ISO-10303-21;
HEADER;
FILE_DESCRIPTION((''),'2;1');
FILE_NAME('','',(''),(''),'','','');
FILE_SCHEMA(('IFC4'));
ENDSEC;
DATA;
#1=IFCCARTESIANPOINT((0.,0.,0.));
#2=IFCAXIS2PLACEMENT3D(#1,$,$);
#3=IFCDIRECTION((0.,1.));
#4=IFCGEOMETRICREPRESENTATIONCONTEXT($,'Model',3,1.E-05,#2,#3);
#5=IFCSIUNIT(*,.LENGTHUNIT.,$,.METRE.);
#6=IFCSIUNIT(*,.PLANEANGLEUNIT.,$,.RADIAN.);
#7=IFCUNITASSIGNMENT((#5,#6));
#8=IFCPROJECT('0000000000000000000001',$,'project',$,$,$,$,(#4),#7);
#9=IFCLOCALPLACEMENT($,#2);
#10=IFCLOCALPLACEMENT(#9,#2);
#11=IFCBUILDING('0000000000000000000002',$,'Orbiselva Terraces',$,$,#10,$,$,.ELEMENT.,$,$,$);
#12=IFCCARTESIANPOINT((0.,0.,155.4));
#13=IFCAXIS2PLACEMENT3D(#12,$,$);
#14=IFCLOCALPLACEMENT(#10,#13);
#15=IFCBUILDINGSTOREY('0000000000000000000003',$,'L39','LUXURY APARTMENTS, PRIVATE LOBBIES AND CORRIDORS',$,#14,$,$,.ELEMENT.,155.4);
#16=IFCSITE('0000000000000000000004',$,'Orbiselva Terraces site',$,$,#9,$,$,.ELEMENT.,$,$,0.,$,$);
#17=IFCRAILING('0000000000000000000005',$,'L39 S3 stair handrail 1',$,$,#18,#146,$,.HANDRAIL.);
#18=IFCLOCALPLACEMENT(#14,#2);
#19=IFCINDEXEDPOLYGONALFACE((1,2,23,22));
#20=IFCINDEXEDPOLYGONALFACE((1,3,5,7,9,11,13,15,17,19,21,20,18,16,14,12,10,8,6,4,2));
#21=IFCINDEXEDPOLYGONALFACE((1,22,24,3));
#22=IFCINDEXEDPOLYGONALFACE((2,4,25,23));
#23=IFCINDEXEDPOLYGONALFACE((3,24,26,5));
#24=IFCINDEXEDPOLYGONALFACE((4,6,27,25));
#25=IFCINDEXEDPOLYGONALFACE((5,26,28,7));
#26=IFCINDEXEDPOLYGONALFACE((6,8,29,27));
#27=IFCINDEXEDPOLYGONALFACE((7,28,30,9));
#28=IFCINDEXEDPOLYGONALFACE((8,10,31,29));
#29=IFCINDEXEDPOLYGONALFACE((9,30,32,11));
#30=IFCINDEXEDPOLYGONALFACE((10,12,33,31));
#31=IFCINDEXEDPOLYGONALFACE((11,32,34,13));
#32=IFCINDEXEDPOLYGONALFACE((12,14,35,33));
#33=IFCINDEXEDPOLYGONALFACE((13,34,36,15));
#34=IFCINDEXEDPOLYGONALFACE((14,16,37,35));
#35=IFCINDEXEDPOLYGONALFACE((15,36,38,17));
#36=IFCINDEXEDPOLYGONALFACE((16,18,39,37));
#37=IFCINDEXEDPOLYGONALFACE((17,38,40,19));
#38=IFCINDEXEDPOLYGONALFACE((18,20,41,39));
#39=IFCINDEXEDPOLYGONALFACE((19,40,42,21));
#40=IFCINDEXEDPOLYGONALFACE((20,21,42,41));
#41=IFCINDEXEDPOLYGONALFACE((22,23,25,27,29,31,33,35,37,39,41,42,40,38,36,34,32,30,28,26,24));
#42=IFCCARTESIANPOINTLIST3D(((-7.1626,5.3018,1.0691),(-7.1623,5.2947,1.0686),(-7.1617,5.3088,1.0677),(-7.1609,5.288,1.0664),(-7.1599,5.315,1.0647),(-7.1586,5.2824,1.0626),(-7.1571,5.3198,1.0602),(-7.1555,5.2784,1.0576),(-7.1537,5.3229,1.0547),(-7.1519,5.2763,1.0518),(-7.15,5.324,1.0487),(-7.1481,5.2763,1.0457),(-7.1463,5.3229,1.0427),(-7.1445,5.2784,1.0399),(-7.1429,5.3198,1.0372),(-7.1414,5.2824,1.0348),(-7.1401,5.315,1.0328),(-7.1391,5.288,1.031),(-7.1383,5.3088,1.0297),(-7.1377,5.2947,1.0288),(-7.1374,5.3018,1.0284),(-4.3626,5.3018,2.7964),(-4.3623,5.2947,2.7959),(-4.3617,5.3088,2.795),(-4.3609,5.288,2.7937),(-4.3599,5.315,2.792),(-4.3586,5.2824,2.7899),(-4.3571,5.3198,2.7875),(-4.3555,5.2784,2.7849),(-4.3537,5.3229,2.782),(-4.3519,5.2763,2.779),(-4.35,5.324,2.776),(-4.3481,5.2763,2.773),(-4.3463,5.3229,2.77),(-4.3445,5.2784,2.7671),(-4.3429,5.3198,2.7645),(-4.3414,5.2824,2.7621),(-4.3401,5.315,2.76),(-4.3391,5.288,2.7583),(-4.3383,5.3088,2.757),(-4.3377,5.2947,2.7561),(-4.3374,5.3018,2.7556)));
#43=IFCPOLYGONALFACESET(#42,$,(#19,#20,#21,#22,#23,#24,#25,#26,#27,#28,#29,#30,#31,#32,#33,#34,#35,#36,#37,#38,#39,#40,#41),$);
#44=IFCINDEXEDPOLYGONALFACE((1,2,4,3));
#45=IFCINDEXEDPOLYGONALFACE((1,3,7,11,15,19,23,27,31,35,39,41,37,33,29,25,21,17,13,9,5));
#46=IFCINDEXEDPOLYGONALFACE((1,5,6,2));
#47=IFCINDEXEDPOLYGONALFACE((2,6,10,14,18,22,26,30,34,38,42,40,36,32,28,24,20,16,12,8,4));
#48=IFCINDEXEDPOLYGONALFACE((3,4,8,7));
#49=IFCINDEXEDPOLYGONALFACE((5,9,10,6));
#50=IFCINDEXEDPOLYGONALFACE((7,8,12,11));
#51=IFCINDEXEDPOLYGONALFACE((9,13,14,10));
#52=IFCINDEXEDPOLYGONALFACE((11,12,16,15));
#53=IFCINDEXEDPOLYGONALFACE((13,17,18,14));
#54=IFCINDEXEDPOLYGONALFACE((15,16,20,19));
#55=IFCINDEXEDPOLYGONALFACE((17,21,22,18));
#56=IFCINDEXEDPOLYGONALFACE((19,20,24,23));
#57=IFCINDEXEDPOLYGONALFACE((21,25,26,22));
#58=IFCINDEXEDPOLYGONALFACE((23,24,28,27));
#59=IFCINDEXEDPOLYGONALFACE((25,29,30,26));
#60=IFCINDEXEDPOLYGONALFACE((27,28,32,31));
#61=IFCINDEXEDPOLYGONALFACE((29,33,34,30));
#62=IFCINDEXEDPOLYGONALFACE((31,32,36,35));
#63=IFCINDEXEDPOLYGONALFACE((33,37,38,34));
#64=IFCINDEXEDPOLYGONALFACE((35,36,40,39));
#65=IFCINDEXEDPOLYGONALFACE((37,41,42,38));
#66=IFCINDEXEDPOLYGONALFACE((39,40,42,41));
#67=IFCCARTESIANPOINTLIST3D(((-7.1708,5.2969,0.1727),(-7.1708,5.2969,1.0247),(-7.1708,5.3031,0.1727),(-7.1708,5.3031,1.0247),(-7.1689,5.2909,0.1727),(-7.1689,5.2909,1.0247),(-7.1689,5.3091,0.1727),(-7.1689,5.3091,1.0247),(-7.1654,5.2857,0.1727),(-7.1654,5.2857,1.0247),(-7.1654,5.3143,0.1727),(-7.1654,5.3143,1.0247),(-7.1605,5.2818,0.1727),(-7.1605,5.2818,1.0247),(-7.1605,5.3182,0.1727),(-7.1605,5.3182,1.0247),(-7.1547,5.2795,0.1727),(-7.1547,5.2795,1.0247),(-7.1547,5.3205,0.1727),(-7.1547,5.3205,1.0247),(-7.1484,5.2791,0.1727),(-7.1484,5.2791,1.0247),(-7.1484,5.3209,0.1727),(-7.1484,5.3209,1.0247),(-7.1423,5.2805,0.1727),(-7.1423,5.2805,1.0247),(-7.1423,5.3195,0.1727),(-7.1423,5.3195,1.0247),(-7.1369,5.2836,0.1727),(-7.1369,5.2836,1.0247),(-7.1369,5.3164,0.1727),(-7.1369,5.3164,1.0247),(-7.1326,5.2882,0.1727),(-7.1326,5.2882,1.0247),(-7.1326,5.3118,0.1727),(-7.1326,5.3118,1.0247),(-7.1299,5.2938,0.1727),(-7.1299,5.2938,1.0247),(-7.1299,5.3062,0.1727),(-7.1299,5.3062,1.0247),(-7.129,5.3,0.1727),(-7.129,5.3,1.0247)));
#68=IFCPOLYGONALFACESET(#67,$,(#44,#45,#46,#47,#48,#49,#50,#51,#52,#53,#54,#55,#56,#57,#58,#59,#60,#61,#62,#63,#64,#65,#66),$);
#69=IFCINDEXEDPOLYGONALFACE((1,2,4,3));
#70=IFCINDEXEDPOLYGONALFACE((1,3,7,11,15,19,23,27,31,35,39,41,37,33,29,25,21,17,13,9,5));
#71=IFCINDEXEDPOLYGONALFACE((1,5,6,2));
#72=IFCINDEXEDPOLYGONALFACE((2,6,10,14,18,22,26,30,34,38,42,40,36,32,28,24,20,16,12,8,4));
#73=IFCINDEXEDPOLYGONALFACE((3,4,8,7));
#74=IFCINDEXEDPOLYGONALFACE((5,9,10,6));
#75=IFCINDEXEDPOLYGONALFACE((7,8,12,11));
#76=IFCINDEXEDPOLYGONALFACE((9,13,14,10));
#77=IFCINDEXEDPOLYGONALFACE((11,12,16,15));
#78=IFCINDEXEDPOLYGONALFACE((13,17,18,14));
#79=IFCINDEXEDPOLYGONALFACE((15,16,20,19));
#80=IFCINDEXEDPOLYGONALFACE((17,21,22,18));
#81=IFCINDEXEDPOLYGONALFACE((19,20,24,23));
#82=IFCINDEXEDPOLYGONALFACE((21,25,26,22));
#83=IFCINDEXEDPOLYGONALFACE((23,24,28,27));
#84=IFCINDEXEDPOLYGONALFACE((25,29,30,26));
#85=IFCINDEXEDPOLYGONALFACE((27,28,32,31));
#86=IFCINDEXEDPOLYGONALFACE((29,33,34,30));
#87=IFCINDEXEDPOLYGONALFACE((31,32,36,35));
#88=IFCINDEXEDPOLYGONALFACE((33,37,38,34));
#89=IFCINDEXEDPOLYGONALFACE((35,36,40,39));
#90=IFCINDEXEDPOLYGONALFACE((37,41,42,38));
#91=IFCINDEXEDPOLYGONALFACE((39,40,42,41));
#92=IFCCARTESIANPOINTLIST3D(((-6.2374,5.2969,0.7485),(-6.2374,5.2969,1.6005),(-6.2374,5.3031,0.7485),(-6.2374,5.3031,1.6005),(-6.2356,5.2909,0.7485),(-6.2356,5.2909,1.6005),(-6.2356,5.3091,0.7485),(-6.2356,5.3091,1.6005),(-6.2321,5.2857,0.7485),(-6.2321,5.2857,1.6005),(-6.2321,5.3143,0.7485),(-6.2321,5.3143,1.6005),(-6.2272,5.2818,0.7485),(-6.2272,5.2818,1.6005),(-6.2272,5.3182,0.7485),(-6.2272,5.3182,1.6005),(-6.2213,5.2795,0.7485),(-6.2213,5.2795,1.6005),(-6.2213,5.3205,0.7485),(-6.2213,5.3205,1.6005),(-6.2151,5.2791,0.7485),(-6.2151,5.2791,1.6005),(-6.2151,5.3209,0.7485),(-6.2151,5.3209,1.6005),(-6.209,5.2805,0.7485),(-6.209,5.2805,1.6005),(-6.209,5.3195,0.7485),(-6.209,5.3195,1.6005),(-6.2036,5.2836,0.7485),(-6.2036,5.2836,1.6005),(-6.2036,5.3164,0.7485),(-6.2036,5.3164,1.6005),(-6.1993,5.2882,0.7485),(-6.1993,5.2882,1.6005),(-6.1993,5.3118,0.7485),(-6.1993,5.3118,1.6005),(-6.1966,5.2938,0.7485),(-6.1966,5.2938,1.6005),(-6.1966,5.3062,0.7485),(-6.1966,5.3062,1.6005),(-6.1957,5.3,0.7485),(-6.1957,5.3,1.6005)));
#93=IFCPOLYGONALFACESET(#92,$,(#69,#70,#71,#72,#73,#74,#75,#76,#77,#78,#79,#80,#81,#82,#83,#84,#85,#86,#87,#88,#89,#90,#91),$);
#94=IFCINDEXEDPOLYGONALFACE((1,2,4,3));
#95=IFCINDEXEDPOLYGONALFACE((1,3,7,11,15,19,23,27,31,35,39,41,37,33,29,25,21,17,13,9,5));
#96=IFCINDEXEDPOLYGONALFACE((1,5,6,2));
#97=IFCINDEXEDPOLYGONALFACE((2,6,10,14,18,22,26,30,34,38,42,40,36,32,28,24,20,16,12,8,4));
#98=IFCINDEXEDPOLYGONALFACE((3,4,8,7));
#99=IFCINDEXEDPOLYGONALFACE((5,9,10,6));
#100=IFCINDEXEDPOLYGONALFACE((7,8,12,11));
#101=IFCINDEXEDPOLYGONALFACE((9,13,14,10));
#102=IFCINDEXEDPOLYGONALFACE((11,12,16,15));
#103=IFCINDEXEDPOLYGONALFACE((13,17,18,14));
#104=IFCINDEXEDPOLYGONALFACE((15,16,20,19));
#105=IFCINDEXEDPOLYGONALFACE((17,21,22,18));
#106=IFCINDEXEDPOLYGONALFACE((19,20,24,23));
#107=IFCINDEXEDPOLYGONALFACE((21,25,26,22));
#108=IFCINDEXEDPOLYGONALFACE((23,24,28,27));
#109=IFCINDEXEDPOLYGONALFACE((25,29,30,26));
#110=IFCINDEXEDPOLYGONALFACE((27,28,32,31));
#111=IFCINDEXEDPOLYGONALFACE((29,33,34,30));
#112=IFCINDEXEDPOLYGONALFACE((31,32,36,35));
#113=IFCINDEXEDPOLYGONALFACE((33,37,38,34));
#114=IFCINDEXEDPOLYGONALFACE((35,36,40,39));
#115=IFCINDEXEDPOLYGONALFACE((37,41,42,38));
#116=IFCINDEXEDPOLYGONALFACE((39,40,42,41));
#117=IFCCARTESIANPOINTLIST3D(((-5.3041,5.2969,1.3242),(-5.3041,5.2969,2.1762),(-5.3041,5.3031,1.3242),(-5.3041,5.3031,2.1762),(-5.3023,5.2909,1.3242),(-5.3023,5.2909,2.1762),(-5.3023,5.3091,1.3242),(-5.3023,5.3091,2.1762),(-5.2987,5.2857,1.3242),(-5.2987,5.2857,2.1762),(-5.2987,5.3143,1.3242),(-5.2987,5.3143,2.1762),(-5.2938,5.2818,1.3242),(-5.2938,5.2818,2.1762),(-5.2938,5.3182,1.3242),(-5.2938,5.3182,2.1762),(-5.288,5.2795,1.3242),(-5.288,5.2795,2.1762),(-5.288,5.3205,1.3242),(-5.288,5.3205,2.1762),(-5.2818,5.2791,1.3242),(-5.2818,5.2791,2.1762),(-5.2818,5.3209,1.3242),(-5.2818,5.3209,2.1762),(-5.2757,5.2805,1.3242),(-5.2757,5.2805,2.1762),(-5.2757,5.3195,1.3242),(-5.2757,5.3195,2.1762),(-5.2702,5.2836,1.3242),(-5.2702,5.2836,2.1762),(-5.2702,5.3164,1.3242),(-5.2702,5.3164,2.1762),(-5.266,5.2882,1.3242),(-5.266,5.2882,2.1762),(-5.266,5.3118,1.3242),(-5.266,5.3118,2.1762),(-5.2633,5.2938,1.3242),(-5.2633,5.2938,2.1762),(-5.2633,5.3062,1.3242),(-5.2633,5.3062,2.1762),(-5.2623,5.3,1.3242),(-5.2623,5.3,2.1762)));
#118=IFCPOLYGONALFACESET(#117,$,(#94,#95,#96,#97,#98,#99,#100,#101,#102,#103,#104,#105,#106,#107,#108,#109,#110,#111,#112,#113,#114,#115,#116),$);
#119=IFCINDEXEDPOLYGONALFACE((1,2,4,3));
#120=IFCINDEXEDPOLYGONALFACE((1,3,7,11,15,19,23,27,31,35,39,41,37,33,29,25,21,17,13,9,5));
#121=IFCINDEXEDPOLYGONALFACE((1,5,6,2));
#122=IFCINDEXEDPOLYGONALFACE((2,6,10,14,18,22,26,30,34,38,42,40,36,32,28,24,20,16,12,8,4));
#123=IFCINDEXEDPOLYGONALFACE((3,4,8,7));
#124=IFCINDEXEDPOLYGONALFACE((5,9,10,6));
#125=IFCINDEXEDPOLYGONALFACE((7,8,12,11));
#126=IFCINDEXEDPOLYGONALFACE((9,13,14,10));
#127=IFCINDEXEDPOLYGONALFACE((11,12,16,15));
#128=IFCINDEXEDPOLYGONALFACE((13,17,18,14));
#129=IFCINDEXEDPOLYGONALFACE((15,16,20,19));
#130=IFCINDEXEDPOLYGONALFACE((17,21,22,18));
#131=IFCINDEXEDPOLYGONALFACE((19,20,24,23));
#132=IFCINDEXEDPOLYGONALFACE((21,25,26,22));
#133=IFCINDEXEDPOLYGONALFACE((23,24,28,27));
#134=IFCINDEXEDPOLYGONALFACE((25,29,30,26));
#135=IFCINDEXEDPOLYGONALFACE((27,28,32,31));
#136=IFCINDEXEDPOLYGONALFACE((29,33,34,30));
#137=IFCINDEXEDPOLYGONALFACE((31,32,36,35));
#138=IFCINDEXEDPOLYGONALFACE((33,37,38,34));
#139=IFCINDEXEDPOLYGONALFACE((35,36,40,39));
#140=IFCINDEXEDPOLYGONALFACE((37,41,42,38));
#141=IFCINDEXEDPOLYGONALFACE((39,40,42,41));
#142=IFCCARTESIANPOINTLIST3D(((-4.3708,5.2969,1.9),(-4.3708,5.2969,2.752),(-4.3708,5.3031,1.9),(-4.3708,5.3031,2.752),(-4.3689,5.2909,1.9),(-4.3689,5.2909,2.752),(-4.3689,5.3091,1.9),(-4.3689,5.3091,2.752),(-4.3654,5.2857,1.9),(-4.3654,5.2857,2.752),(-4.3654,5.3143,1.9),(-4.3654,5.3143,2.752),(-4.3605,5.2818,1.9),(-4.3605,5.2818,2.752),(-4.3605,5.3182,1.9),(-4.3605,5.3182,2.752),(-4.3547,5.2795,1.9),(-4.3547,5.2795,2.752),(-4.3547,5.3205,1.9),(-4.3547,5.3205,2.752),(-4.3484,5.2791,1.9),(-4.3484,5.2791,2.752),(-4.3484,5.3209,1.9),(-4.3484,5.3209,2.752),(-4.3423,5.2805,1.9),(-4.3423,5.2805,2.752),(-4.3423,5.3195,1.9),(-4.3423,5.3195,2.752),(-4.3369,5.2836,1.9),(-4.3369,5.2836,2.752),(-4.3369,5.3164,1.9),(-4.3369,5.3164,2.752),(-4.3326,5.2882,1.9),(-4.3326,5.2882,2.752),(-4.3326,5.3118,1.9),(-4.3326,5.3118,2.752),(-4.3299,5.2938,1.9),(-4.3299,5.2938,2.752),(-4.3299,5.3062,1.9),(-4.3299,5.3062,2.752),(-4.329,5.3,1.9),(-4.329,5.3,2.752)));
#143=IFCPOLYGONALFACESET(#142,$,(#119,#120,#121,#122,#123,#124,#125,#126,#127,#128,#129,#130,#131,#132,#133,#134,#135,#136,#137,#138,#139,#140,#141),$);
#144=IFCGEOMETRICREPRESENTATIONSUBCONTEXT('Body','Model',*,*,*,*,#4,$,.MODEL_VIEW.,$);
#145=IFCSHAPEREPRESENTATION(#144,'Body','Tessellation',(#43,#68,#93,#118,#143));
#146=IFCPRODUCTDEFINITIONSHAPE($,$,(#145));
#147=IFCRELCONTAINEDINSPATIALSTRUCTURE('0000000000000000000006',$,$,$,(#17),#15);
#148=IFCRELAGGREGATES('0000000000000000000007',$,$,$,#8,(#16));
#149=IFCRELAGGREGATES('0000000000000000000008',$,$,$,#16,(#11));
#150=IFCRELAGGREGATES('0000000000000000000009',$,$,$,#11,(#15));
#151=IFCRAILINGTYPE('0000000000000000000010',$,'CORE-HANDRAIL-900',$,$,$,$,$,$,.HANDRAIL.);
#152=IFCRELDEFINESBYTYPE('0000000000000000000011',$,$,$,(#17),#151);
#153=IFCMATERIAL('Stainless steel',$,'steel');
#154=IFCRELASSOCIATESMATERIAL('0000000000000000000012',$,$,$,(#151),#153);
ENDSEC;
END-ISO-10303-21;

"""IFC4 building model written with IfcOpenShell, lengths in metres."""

from ifc_helpers import new_model, si_unit, direction, frame, origin, origin_2d, place, context, subcontext, project, spatial, circle, extrude, material, type_object, element, save


model = new_model("IFC4")

# Units and contexts
model_context = context("Model", 3, precision=1e-05, world=origin(), true_north=direction((0.0, 1.0)))
body_context = subcontext(model_context, "Body", "Model", "MODEL_VIEW")
ifc_project = project(units=[si_unit("LENGTHUNIT", "METRE"), si_unit("PLANEANGLEUNIT", "RADIAN")], contexts=[model_context])

# Site, building, storey
site_placement = place(None, origin())
site = spatial("IfcSite", under=ifc_project, at=site_placement, Name="Orbiselva Terraces site", CompositionType="ELEMENT", RefElevation=0.0)
building_placement = place(site_placement, origin())
building = spatial("IfcBuilding", under=site, at=building_placement, Name="Orbiselva Terraces", CompositionType="ELEMENT")
storey_placement = place(building_placement, frame((0.0, 0.0, 155.4)))
storey = spatial("IfcBuildingStorey", under=building, at=storey_placement, Name="L39", Description="LUXURY APARTMENTS, PRIVATE LOBBIES AND CORRIDORS", CompositionType="ELEMENT", Elevation=155.4)

# Railing
ifc_material_1 = material(Name="Stainless steel", Category="steel")
railing_type_1 = type_object("IfcRailingType", Name="CORE-HANDRAIL-900", PredefinedType="HANDRAIL", material=ifc_material_1)
railing_1_placement = place(storey_placement, frame((-7.15, 5.3, 0.1727)))
element("IfcRailing", 1, at=railing_1_placement, inside=storey, type_object=railing_type_1, Name="L39 S3 stair handrail 1", PredefinedType="HANDRAIL", context=body_context, shape_type="SweptSolid", body=[
    extrude(circle(Radius=0.024, at=origin_2d()), frame((0.0, 0.0, 0.876), z_axis=(0.851089, 0.0, 0.525022), x_axis=(0.0, 1.0, 0.0)), (0.0, 0.0, 1.0), 3.2899),
    extrude(circle(Radius=0.021, at=origin_2d()), origin(), (0.0, 0.0, 1.0), 0.852),
    extrude(circle(Radius=0.021, at=origin_2d()), frame((0.9333, 0.0, 0.5758)), (0.0, 0.0, 1.0), 0.852),
    extrude(circle(Radius=0.021, at=origin_2d()), frame((1.8667, 0.0, 1.1515)), (0.0, 0.0, 1.0), 0.852),
    extrude(circle(Radius=0.021, at=origin_2d()), frame((2.8, 0.0, 1.7273)), (0.0, 0.0, 1.0), 0.852),
])

save(model, "model.ifc")
